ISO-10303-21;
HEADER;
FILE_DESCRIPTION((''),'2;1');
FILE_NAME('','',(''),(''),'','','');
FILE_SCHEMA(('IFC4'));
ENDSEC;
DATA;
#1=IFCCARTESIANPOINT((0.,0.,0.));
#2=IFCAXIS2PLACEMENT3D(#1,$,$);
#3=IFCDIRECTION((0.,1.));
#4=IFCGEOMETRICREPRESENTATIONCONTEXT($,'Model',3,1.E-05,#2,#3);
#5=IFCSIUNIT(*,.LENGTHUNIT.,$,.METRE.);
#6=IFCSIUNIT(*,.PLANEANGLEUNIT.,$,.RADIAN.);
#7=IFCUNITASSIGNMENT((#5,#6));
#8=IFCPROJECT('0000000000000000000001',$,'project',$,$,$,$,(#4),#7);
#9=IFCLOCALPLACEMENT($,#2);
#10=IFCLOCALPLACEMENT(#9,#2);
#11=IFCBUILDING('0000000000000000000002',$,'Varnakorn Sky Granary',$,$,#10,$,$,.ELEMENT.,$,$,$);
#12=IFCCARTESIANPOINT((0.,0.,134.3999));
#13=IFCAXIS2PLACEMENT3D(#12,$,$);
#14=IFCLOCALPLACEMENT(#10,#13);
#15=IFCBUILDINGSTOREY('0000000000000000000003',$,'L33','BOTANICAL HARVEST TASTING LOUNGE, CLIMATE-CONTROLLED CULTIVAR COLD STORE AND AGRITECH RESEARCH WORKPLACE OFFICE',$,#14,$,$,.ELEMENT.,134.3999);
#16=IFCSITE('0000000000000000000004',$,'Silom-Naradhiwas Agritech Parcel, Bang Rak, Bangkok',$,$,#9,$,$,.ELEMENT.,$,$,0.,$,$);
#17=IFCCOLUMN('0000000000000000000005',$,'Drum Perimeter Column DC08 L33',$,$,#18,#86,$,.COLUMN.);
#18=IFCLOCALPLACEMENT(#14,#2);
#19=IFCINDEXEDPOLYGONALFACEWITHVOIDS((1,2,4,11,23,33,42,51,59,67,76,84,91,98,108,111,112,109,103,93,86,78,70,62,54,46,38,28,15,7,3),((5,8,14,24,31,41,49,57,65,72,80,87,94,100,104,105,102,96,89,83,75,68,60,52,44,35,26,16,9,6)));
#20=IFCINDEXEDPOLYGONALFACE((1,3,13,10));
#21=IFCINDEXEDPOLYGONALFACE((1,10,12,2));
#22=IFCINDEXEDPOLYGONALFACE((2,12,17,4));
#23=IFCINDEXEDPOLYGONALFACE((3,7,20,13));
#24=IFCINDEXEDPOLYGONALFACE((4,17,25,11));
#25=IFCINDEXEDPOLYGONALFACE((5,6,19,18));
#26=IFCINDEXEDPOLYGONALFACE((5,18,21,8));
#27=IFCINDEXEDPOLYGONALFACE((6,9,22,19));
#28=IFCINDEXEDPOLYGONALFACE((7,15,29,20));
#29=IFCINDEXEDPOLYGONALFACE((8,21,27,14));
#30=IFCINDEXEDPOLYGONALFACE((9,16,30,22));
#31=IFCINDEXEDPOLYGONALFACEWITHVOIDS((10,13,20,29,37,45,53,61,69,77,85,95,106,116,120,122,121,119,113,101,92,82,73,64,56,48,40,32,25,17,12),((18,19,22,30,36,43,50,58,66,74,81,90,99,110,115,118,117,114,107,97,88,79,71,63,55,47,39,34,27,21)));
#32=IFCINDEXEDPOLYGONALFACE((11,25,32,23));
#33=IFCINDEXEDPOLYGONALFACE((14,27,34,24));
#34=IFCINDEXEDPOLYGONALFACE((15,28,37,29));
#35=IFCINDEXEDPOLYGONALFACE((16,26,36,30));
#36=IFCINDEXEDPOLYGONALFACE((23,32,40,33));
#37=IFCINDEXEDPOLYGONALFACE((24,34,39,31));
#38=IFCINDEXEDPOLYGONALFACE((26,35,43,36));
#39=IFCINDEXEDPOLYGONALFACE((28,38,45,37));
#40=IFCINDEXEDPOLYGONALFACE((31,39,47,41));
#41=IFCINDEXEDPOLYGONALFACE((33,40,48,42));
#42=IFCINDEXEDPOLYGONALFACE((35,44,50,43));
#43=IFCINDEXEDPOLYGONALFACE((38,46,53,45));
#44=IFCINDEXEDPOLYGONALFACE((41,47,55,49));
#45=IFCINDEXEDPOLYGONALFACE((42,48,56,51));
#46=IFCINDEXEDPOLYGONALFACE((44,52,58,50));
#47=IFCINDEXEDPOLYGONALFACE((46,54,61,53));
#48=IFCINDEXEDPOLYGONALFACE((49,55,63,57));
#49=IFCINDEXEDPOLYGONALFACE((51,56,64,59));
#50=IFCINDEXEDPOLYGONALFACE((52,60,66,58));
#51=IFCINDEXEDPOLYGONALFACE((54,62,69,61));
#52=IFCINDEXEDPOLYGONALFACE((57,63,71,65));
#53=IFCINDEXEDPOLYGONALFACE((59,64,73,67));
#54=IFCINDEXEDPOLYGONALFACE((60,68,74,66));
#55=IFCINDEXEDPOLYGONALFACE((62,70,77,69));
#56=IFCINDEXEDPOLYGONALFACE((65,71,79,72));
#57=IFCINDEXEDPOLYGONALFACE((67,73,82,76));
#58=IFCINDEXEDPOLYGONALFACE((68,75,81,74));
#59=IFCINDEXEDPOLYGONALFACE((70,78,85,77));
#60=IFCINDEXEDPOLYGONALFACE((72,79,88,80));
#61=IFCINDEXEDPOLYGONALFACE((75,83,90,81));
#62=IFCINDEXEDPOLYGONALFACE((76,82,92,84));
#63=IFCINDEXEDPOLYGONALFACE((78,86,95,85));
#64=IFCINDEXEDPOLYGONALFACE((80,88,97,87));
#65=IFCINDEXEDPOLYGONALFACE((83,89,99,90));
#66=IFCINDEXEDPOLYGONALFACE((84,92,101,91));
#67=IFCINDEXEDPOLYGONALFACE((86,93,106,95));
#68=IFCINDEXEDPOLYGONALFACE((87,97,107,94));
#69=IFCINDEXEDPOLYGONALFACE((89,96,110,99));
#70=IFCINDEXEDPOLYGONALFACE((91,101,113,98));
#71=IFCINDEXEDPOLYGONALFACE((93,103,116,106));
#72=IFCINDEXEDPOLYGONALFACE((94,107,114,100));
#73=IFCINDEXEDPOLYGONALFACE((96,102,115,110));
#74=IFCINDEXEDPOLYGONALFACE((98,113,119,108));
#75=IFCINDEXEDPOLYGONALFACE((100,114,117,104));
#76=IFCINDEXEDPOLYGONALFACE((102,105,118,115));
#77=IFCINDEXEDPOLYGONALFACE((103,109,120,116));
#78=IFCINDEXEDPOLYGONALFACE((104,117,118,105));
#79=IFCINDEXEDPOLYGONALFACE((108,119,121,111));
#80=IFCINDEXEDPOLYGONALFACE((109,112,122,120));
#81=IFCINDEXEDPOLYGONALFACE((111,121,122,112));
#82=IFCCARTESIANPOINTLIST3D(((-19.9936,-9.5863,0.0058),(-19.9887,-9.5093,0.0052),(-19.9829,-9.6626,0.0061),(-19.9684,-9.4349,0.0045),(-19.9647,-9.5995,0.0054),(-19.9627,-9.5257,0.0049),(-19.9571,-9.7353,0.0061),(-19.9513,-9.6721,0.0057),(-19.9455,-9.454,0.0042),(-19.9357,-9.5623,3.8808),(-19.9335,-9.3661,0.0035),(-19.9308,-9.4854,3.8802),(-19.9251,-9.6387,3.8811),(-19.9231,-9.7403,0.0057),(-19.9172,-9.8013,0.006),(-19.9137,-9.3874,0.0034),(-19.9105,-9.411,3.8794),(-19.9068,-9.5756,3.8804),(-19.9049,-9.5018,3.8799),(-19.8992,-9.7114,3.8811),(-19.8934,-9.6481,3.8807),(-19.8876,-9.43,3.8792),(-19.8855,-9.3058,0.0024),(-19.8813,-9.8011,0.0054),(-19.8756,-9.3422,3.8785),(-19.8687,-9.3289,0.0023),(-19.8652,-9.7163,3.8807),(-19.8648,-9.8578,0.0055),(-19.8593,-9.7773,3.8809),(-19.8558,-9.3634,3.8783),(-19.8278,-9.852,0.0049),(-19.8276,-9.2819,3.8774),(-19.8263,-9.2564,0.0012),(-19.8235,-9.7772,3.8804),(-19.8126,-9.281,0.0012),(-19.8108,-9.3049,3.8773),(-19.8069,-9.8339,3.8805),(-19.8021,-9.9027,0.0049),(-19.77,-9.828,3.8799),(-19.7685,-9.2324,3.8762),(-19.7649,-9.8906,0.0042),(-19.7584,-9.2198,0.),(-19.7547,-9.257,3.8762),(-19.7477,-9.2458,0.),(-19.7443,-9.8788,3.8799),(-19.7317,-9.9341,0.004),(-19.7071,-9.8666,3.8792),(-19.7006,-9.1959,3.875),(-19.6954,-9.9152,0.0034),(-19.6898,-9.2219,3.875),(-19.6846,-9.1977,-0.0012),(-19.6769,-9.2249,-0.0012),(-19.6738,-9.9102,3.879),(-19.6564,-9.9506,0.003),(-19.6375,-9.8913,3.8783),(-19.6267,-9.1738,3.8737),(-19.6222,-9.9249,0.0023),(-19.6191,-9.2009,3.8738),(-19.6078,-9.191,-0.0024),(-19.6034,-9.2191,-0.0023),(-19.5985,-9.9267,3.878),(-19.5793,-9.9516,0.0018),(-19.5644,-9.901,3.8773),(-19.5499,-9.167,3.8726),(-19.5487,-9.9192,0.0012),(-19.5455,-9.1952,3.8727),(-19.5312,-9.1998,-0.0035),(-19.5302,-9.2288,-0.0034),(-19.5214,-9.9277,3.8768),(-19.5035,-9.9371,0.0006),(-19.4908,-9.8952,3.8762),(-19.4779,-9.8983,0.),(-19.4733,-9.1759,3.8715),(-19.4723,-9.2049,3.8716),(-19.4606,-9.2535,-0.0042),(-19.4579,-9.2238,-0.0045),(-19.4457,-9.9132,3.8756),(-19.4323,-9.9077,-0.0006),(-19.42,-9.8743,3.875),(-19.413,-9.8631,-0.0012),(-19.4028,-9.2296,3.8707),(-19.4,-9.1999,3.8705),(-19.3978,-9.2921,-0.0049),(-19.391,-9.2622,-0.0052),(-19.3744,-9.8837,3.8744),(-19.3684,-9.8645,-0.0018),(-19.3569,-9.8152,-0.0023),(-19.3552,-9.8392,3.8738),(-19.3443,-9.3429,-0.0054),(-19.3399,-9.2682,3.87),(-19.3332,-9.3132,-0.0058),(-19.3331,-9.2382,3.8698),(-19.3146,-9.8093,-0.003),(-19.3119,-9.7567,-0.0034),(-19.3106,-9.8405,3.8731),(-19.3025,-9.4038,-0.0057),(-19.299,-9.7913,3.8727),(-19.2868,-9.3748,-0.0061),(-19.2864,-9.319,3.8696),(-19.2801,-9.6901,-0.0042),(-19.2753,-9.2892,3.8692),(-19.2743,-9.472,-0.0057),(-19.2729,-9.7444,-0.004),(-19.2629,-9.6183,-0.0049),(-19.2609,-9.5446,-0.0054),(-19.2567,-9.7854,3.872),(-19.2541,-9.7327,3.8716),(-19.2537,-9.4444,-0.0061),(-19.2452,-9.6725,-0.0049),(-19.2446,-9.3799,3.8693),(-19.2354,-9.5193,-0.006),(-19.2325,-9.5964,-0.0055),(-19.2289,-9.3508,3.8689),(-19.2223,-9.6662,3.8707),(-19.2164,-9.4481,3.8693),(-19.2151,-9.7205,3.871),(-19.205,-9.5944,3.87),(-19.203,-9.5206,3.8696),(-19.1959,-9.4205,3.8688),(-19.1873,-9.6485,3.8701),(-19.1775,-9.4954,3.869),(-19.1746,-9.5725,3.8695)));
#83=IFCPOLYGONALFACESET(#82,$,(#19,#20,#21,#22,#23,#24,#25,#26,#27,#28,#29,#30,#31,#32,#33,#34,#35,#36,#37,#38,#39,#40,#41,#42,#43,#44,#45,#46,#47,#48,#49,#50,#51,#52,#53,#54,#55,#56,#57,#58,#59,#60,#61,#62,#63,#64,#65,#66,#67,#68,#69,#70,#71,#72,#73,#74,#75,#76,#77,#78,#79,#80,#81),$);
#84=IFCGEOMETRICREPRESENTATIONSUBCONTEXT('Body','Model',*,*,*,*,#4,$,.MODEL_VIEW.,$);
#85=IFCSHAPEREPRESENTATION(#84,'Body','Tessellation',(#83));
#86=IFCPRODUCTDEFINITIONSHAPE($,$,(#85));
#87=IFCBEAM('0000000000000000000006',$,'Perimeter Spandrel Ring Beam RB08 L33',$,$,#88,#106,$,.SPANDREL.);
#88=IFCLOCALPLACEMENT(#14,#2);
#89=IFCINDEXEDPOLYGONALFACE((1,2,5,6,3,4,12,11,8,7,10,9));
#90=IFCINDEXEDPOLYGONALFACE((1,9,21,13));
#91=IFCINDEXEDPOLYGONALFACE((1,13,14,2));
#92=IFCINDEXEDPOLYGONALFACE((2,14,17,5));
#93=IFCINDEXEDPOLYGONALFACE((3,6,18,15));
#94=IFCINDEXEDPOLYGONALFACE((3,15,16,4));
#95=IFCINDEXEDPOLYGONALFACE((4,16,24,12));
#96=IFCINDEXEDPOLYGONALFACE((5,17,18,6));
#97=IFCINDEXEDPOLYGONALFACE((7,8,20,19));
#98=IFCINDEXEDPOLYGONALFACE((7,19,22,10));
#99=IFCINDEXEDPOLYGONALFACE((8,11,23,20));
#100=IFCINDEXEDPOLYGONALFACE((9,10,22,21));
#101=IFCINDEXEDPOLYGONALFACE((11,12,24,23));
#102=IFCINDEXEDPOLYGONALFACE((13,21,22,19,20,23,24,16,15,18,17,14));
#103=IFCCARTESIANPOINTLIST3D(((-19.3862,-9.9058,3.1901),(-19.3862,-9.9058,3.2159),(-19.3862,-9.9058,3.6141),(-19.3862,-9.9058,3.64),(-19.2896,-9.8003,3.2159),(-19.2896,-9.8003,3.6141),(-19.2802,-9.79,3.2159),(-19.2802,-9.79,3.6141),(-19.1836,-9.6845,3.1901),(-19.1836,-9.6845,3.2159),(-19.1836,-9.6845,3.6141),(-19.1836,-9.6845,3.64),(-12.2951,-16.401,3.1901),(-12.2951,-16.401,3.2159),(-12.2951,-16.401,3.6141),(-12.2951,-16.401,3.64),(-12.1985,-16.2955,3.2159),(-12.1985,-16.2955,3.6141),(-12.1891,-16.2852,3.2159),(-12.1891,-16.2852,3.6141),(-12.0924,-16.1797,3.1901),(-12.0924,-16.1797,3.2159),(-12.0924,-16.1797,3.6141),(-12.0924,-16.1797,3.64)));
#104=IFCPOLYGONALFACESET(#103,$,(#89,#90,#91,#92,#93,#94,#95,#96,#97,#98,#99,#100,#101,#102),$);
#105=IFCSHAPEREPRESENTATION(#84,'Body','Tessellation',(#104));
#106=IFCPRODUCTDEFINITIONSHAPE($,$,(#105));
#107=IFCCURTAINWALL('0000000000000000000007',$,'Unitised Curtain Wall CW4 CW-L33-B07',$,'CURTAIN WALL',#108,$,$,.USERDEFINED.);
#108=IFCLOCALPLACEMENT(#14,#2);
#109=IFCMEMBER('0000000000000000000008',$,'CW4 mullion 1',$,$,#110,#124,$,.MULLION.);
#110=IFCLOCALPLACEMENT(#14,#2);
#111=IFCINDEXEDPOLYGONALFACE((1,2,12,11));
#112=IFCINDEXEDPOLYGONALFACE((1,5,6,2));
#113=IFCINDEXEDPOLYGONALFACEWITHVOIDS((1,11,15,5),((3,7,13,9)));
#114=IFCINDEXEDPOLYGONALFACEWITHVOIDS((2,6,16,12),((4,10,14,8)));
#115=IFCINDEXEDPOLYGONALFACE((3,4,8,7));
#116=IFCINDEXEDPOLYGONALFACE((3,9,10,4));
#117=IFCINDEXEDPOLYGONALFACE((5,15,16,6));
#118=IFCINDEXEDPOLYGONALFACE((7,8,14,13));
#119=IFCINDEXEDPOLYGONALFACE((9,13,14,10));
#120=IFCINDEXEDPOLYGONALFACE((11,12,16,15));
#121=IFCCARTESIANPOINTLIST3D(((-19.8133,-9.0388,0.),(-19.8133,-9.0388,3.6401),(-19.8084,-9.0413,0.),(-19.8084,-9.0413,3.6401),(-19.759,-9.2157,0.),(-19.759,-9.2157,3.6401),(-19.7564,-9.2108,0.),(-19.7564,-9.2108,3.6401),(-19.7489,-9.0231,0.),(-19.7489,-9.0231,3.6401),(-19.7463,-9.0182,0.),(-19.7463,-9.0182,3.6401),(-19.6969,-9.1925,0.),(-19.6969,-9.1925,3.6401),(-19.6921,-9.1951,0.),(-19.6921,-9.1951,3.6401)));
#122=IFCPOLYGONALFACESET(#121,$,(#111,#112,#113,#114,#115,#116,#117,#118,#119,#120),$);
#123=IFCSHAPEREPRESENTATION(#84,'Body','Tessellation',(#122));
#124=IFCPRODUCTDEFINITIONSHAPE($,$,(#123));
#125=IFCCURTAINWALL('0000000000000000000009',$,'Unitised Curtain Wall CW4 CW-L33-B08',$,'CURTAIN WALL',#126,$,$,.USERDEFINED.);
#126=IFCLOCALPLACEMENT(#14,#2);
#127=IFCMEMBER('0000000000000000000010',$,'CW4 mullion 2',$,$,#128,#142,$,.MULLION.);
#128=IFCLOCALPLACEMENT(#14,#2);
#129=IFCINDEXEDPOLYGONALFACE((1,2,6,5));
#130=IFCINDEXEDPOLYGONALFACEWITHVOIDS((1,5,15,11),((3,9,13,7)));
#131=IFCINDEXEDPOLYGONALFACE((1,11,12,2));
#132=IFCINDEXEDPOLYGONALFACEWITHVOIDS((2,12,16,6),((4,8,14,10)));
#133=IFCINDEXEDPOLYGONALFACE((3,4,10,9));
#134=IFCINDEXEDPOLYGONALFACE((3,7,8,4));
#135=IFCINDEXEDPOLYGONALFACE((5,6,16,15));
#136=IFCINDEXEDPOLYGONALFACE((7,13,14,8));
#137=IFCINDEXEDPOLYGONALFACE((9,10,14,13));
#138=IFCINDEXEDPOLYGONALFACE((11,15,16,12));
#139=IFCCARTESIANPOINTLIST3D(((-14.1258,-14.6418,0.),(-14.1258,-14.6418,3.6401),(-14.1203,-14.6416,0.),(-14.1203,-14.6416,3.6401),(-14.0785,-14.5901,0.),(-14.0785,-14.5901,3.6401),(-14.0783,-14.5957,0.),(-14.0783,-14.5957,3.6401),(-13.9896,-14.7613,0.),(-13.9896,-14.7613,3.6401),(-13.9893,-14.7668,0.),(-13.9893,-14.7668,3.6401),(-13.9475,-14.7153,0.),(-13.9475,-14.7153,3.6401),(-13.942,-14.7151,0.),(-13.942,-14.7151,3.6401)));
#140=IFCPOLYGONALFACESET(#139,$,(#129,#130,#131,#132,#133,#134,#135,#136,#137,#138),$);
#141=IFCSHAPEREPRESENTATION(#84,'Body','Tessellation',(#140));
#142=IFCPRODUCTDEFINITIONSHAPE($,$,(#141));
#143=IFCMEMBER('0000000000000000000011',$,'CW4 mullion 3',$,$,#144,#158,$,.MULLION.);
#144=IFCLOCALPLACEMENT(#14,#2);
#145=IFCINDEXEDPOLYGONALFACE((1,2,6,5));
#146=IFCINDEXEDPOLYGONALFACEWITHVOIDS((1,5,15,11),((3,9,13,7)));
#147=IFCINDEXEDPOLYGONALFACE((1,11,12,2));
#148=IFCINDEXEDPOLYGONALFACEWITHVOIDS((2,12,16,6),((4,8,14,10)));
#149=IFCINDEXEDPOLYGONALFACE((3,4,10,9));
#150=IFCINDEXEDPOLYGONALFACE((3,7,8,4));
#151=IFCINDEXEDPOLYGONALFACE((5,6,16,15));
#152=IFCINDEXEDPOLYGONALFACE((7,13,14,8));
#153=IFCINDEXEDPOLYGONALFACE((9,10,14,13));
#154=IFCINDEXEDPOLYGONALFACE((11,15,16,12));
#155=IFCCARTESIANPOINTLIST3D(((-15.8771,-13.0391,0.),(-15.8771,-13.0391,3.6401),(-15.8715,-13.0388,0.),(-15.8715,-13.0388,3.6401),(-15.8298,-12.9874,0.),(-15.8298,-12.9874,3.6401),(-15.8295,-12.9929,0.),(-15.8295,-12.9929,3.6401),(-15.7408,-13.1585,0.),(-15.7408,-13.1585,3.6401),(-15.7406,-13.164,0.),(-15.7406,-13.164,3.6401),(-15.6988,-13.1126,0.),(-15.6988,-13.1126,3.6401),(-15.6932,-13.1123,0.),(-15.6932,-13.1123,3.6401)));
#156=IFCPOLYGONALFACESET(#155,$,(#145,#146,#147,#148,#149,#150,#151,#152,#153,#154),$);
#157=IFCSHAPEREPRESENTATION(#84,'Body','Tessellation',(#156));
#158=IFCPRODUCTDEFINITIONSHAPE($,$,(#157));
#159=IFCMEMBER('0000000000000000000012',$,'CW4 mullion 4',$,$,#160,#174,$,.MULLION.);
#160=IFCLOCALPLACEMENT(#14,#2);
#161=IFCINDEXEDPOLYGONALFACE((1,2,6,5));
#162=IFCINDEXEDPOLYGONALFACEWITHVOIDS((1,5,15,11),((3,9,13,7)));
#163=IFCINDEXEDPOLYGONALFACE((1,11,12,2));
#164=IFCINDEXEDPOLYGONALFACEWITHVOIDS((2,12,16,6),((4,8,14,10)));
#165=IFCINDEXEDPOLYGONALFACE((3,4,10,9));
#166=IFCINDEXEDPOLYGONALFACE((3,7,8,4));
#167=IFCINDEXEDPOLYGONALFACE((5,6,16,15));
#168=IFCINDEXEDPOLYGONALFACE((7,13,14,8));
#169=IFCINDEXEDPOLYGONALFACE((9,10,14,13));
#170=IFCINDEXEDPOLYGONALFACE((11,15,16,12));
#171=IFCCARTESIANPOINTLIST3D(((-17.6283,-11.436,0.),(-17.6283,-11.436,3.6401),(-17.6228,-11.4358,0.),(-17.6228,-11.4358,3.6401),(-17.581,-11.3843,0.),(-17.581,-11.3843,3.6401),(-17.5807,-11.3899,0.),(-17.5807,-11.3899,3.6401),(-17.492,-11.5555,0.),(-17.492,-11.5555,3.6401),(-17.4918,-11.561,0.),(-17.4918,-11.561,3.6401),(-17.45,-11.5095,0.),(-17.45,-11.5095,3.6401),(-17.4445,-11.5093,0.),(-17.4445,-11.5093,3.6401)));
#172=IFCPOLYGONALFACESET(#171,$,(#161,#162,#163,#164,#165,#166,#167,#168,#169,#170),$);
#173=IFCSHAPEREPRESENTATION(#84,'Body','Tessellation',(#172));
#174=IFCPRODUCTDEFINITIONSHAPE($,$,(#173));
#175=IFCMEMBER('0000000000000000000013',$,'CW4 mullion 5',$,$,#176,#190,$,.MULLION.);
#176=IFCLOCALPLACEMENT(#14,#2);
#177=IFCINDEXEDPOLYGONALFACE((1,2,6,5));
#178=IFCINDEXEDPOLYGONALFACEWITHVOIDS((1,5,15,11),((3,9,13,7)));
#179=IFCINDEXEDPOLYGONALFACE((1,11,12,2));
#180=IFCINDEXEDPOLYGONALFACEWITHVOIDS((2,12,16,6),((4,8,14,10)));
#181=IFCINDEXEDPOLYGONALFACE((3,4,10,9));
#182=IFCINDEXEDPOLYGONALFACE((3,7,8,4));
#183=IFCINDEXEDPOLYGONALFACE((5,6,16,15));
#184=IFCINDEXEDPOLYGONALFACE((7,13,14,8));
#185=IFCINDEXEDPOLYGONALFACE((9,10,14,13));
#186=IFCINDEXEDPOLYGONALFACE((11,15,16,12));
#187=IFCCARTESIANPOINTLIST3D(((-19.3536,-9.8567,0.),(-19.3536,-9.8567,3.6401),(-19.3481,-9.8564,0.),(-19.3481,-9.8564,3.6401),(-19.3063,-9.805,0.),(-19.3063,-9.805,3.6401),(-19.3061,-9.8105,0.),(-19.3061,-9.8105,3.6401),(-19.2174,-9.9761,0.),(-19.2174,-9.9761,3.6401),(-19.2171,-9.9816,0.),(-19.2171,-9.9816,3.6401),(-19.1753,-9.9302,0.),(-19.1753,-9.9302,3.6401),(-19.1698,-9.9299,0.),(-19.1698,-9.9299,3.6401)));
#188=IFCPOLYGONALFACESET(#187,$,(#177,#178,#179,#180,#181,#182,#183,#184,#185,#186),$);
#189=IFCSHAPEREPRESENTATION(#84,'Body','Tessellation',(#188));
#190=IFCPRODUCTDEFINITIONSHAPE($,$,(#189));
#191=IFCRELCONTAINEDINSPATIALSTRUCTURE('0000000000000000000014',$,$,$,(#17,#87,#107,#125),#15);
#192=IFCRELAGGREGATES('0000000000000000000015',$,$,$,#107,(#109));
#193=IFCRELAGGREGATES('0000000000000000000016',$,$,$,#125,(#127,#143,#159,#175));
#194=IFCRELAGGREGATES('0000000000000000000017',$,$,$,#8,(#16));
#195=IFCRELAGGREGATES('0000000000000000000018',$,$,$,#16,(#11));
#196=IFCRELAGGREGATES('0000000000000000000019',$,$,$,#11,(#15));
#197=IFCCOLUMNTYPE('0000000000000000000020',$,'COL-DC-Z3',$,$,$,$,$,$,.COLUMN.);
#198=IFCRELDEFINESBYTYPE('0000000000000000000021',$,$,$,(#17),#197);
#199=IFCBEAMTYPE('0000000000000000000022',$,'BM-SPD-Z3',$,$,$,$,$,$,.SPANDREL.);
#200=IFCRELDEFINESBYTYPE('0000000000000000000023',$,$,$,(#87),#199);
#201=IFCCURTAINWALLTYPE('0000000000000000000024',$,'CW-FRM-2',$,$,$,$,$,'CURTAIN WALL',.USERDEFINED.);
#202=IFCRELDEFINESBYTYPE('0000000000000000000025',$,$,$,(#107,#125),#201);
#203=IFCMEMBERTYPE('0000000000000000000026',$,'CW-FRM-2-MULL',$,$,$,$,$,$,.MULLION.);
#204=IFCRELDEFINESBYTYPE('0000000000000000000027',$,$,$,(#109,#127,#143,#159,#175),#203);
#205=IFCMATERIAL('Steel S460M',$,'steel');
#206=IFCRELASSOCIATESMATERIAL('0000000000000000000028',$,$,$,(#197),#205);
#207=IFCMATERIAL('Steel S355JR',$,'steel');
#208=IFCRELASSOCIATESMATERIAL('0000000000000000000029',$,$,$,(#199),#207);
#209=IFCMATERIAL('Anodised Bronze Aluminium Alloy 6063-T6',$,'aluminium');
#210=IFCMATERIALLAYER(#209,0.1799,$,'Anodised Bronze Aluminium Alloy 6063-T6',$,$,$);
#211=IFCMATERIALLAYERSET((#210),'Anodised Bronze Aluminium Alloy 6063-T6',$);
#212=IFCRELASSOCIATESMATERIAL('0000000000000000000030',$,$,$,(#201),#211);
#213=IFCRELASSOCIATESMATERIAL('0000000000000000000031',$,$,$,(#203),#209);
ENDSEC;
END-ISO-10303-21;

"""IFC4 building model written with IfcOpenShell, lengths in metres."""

from ifc_helpers import new_model, si_unit, direction, frame, origin, origin_2d, place, context, subcontext, project, spatial, hollow_rectangle, hollow_circle, i_section, extrude, material, layer, layer_set, material_profile, profile_set, type_object, element, aggregate, save


model = new_model("IFC4")

# Units and contexts
model_context = context("Model", 3, precision=1e-05, world=origin(), true_north=direction((0.0, 1.0)))
body_context = subcontext(model_context, "Body", "Model", "MODEL_VIEW")
ifc_project = project(units=[si_unit("LENGTHUNIT", "METRE"), si_unit("PLANEANGLEUNIT", "RADIAN")], contexts=[model_context])

# Site, building, storey
site_placement = place(None, origin())
site = spatial("IfcSite", under=ifc_project, at=site_placement, Name="Silom-Naradhiwas Agritech Parcel, Bang Rak, Bangkok", CompositionType="ELEMENT", RefElevation=0.0)
building_placement = place(site_placement, origin())
building = spatial("IfcBuilding", under=site, at=building_placement, Name="Varnakorn Sky Granary", CompositionType="ELEMENT")
storey_placement = place(building_placement, frame((0.0, 0.0, 134.3999)))
storey = spatial("IfcBuildingStorey", under=building, at=storey_placement, Name="L33", Description="BOTANICAL HARVEST TASTING LOUNGE, CLIMATE-CONTROLLED CULTIVAR COLD STORE AND AGRITECH RESEARCH WORKPLACE OFFICE", CompositionType="ELEMENT", Elevation=134.3999)

# Column
ifc_material_1 = material(Name="Steel S460M", Category="steel")
ifc_material_profile_1 = material_profile(ifc_material_1, hollow_circle(Radius=0.3811, WallThickness=0.0281, at=origin_2d()), Name="CHS 762x28")
ifc_profile_set_1 = profile_set([ifc_material_profile_1], Name="Steel S460M")
column_type = type_object("IfcColumnType", Name="COL-DC-Z3", PredefinedType="COLUMN", material=ifc_profile_set_1)
column_placement = place(storey_placement, frame((-19.6128, -9.572, 0.0), z_axis=(0.01493, 0.006174, 0.999869), x_axis=(-0.382122, 0.924112, 0.0)))
element("IfcColumn", 1, at=column_placement, inside=storey, type_object=column_type, Name="Drum Perimeter Column DC08 L33", PredefinedType="COLUMN", context=body_context, shape_type="SweptSolid", body=[
    extrude(hollow_circle(Radius=0.3811, WallThickness=0.0281, at=origin_2d()), origin(), (0.0, 0.0, 1.0), 3.8755),
])

# Beam
ifc_material_2 = material(Name="Steel S355JR", Category="steel")
ifc_material_profile_2 = material_profile(ifc_material_2, i_section(OverallWidth=0.3, OverallDepth=0.45, WebThickness=0.0139, FlangeThickness=0.0259, at=origin_2d()), Name="HE 450 B")
ifc_profile_set_2 = profile_set([ifc_material_profile_2], Name="Steel S355JR")
beam_type = type_object("IfcBeamType", Name="BM-SPD-Z3", PredefinedType="SPANDREL", material=ifc_profile_set_2)
beam_placement = place(storey_placement, frame((-19.2849, -9.7952, 3.415), z_axis=(0.737414, -0.675441, 0.0), x_axis=(0.675441, 0.737414, 0.0)))
element("IfcBeam", 2, at=beam_placement, inside=storey, type_object=beam_type, Name="Perimeter Spandrel Ring Beam RB08 L33", PredefinedType="SPANDREL", context=body_context, shape_type="SweptSolid", body=[
    extrude(i_section(OverallWidth=0.3, OverallDepth=0.45, WebThickness=0.0139, FlangeThickness=0.0259, at=origin_2d()), origin(), (0.0, 0.0, 1.0), 9.6162),
])

# Curtain wall, member
ifc_material_3 = material(Name="Anodised Bronze Aluminium Alloy 6063-T6", Category="aluminium")
ifc_layer_1 = layer(ifc_material_3, 0.1799, Name="Anodised Bronze Aluminium Alloy 6063-T6")
ifc_layer_set_1 = layer_set([ifc_layer_1], Name="Anodised Bronze Aluminium Alloy 6063-T6")
curtain_wall_type = type_object("IfcCurtainWallType", Name="CW-FRM-2", ElementType="CURTAIN WALL", PredefinedType="USERDEFINED", material=ifc_layer_set_1)
curtain_wall_1_placement = place(storey_placement, origin())
curtain_wall_1 = element("IfcCurtainWall", 3, at=curtain_wall_1_placement, inside=storey, type_object=curtain_wall_type, Name="Unitised Curtain Wall CW4 CW-L33-B07", ObjectType="CURTAIN WALL", PredefinedType="USERDEFINED")
ifc_material_profile_3 = material_profile(ifc_material_3, hollow_rectangle(XDim=0.0701, YDim=0.1851, WallThickness=0.0039, at=origin_2d()), Name="ALU MULL 70x185")
ifc_profile_set_3 = profile_set([ifc_material_profile_3], Name="Anodised Bronze Aluminium Alloy 6063-T6")
member_type_1 = type_object("IfcMemberType", Name="CW-FRM-2-MULL", PredefinedType="MULLION", material=ifc_profile_set_3)
member_1_placement = place(storey_placement, frame((-19.7527, -9.1169, 0.0), z_axis=(0.0, 0.0, 1.0), x_axis=(-0.956009, -0.293337, 0.0)))
member_1 = element("IfcMember", 4, at=member_1_placement, type_object=member_type_1, Name="CW4 mullion 1", PredefinedType="MULLION", context=body_context, shape_type="SweptSolid", body=[
    extrude(hollow_rectangle(XDim=0.0701, YDim=0.1851, WallThickness=0.0039, at=origin_2d()), origin(), (0.0, 0.0, 1.0), 3.6401),
])

# Curtain wall, members
curtain_wall_2_placement = place(storey_placement, origin())
curtain_wall_2 = element("IfcCurtainWall", 5, at=curtain_wall_2_placement, inside=storey, type_object=curtain_wall_type, Name="Unitised Curtain Wall CW4 CW-L33-B08", ObjectType="CURTAIN WALL", PredefinedType="USERDEFINED")
member_2_placement = place(storey_placement, frame((-14.0339, -14.6785, 0.0), z_axis=(0.0, 0.0, 1.0), x_axis=(-0.675183, -0.737651, 0.0)))
member_2 = element("IfcMember", 6, at=member_2_placement, type_object=member_type_1, Name="CW4 mullion 2", PredefinedType="MULLION", context=body_context, shape_type="SweptSolid", body=[
    extrude(hollow_rectangle(XDim=0.0701, YDim=0.1851, WallThickness=0.0039, at=origin_2d()), origin(), (0.0, 0.0, 1.0), 3.6401),
])
member_3_placement = place(storey_placement, frame((-15.7852, -13.0757, 0.0), z_axis=(0.0, 0.0, 1.0), x_axis=(-0.675183, -0.737651, 0.0)))
member_3 = element("IfcMember", 7, at=member_3_placement, type_object=member_type_1, Name="CW4 mullion 3", PredefinedType="MULLION", context=body_context, shape_type="SweptSolid", body=[
    extrude(hollow_rectangle(XDim=0.0701, YDim=0.1851, WallThickness=0.0039, at=origin_2d()), origin(), (0.0, 0.0, 1.0), 3.6401),
])
member_4_placement = place(storey_placement, frame((-17.5364, -11.4727, 0.0), z_axis=(0.0, 0.0, 1.0), x_axis=(-0.675183, -0.737651, 0.0)))
member_4 = element("IfcMember", 8, at=member_4_placement, type_object=member_type_1, Name="CW4 mullion 4", PredefinedType="MULLION", context=body_context, shape_type="SweptSolid", body=[
    extrude(hollow_rectangle(XDim=0.0701, YDim=0.1851, WallThickness=0.0039, at=origin_2d()), origin(), (0.0, 0.0, 1.0), 3.6401),
])
member_5_placement = place(storey_placement, frame((-19.2617, -9.8933, 0.0), z_axis=(0.0, 0.0, 1.0), x_axis=(-0.675183, -0.737651, 0.0)))
member_5 = element("IfcMember", 9, at=member_5_placement, type_object=member_type_1, Name="CW4 mullion 5", PredefinedType="MULLION", context=body_context, shape_type="SweptSolid", body=[
    extrude(hollow_rectangle(XDim=0.0701, YDim=0.1851, WallThickness=0.0039, at=origin_2d()), origin(), (0.0, 0.0, 1.0), 3.6401),
])

aggregate(curtain_wall_1, [member_1])

aggregate(curtain_wall_2, [member_2, member_3, member_4, member_5])

save(model, "model.ifc")
